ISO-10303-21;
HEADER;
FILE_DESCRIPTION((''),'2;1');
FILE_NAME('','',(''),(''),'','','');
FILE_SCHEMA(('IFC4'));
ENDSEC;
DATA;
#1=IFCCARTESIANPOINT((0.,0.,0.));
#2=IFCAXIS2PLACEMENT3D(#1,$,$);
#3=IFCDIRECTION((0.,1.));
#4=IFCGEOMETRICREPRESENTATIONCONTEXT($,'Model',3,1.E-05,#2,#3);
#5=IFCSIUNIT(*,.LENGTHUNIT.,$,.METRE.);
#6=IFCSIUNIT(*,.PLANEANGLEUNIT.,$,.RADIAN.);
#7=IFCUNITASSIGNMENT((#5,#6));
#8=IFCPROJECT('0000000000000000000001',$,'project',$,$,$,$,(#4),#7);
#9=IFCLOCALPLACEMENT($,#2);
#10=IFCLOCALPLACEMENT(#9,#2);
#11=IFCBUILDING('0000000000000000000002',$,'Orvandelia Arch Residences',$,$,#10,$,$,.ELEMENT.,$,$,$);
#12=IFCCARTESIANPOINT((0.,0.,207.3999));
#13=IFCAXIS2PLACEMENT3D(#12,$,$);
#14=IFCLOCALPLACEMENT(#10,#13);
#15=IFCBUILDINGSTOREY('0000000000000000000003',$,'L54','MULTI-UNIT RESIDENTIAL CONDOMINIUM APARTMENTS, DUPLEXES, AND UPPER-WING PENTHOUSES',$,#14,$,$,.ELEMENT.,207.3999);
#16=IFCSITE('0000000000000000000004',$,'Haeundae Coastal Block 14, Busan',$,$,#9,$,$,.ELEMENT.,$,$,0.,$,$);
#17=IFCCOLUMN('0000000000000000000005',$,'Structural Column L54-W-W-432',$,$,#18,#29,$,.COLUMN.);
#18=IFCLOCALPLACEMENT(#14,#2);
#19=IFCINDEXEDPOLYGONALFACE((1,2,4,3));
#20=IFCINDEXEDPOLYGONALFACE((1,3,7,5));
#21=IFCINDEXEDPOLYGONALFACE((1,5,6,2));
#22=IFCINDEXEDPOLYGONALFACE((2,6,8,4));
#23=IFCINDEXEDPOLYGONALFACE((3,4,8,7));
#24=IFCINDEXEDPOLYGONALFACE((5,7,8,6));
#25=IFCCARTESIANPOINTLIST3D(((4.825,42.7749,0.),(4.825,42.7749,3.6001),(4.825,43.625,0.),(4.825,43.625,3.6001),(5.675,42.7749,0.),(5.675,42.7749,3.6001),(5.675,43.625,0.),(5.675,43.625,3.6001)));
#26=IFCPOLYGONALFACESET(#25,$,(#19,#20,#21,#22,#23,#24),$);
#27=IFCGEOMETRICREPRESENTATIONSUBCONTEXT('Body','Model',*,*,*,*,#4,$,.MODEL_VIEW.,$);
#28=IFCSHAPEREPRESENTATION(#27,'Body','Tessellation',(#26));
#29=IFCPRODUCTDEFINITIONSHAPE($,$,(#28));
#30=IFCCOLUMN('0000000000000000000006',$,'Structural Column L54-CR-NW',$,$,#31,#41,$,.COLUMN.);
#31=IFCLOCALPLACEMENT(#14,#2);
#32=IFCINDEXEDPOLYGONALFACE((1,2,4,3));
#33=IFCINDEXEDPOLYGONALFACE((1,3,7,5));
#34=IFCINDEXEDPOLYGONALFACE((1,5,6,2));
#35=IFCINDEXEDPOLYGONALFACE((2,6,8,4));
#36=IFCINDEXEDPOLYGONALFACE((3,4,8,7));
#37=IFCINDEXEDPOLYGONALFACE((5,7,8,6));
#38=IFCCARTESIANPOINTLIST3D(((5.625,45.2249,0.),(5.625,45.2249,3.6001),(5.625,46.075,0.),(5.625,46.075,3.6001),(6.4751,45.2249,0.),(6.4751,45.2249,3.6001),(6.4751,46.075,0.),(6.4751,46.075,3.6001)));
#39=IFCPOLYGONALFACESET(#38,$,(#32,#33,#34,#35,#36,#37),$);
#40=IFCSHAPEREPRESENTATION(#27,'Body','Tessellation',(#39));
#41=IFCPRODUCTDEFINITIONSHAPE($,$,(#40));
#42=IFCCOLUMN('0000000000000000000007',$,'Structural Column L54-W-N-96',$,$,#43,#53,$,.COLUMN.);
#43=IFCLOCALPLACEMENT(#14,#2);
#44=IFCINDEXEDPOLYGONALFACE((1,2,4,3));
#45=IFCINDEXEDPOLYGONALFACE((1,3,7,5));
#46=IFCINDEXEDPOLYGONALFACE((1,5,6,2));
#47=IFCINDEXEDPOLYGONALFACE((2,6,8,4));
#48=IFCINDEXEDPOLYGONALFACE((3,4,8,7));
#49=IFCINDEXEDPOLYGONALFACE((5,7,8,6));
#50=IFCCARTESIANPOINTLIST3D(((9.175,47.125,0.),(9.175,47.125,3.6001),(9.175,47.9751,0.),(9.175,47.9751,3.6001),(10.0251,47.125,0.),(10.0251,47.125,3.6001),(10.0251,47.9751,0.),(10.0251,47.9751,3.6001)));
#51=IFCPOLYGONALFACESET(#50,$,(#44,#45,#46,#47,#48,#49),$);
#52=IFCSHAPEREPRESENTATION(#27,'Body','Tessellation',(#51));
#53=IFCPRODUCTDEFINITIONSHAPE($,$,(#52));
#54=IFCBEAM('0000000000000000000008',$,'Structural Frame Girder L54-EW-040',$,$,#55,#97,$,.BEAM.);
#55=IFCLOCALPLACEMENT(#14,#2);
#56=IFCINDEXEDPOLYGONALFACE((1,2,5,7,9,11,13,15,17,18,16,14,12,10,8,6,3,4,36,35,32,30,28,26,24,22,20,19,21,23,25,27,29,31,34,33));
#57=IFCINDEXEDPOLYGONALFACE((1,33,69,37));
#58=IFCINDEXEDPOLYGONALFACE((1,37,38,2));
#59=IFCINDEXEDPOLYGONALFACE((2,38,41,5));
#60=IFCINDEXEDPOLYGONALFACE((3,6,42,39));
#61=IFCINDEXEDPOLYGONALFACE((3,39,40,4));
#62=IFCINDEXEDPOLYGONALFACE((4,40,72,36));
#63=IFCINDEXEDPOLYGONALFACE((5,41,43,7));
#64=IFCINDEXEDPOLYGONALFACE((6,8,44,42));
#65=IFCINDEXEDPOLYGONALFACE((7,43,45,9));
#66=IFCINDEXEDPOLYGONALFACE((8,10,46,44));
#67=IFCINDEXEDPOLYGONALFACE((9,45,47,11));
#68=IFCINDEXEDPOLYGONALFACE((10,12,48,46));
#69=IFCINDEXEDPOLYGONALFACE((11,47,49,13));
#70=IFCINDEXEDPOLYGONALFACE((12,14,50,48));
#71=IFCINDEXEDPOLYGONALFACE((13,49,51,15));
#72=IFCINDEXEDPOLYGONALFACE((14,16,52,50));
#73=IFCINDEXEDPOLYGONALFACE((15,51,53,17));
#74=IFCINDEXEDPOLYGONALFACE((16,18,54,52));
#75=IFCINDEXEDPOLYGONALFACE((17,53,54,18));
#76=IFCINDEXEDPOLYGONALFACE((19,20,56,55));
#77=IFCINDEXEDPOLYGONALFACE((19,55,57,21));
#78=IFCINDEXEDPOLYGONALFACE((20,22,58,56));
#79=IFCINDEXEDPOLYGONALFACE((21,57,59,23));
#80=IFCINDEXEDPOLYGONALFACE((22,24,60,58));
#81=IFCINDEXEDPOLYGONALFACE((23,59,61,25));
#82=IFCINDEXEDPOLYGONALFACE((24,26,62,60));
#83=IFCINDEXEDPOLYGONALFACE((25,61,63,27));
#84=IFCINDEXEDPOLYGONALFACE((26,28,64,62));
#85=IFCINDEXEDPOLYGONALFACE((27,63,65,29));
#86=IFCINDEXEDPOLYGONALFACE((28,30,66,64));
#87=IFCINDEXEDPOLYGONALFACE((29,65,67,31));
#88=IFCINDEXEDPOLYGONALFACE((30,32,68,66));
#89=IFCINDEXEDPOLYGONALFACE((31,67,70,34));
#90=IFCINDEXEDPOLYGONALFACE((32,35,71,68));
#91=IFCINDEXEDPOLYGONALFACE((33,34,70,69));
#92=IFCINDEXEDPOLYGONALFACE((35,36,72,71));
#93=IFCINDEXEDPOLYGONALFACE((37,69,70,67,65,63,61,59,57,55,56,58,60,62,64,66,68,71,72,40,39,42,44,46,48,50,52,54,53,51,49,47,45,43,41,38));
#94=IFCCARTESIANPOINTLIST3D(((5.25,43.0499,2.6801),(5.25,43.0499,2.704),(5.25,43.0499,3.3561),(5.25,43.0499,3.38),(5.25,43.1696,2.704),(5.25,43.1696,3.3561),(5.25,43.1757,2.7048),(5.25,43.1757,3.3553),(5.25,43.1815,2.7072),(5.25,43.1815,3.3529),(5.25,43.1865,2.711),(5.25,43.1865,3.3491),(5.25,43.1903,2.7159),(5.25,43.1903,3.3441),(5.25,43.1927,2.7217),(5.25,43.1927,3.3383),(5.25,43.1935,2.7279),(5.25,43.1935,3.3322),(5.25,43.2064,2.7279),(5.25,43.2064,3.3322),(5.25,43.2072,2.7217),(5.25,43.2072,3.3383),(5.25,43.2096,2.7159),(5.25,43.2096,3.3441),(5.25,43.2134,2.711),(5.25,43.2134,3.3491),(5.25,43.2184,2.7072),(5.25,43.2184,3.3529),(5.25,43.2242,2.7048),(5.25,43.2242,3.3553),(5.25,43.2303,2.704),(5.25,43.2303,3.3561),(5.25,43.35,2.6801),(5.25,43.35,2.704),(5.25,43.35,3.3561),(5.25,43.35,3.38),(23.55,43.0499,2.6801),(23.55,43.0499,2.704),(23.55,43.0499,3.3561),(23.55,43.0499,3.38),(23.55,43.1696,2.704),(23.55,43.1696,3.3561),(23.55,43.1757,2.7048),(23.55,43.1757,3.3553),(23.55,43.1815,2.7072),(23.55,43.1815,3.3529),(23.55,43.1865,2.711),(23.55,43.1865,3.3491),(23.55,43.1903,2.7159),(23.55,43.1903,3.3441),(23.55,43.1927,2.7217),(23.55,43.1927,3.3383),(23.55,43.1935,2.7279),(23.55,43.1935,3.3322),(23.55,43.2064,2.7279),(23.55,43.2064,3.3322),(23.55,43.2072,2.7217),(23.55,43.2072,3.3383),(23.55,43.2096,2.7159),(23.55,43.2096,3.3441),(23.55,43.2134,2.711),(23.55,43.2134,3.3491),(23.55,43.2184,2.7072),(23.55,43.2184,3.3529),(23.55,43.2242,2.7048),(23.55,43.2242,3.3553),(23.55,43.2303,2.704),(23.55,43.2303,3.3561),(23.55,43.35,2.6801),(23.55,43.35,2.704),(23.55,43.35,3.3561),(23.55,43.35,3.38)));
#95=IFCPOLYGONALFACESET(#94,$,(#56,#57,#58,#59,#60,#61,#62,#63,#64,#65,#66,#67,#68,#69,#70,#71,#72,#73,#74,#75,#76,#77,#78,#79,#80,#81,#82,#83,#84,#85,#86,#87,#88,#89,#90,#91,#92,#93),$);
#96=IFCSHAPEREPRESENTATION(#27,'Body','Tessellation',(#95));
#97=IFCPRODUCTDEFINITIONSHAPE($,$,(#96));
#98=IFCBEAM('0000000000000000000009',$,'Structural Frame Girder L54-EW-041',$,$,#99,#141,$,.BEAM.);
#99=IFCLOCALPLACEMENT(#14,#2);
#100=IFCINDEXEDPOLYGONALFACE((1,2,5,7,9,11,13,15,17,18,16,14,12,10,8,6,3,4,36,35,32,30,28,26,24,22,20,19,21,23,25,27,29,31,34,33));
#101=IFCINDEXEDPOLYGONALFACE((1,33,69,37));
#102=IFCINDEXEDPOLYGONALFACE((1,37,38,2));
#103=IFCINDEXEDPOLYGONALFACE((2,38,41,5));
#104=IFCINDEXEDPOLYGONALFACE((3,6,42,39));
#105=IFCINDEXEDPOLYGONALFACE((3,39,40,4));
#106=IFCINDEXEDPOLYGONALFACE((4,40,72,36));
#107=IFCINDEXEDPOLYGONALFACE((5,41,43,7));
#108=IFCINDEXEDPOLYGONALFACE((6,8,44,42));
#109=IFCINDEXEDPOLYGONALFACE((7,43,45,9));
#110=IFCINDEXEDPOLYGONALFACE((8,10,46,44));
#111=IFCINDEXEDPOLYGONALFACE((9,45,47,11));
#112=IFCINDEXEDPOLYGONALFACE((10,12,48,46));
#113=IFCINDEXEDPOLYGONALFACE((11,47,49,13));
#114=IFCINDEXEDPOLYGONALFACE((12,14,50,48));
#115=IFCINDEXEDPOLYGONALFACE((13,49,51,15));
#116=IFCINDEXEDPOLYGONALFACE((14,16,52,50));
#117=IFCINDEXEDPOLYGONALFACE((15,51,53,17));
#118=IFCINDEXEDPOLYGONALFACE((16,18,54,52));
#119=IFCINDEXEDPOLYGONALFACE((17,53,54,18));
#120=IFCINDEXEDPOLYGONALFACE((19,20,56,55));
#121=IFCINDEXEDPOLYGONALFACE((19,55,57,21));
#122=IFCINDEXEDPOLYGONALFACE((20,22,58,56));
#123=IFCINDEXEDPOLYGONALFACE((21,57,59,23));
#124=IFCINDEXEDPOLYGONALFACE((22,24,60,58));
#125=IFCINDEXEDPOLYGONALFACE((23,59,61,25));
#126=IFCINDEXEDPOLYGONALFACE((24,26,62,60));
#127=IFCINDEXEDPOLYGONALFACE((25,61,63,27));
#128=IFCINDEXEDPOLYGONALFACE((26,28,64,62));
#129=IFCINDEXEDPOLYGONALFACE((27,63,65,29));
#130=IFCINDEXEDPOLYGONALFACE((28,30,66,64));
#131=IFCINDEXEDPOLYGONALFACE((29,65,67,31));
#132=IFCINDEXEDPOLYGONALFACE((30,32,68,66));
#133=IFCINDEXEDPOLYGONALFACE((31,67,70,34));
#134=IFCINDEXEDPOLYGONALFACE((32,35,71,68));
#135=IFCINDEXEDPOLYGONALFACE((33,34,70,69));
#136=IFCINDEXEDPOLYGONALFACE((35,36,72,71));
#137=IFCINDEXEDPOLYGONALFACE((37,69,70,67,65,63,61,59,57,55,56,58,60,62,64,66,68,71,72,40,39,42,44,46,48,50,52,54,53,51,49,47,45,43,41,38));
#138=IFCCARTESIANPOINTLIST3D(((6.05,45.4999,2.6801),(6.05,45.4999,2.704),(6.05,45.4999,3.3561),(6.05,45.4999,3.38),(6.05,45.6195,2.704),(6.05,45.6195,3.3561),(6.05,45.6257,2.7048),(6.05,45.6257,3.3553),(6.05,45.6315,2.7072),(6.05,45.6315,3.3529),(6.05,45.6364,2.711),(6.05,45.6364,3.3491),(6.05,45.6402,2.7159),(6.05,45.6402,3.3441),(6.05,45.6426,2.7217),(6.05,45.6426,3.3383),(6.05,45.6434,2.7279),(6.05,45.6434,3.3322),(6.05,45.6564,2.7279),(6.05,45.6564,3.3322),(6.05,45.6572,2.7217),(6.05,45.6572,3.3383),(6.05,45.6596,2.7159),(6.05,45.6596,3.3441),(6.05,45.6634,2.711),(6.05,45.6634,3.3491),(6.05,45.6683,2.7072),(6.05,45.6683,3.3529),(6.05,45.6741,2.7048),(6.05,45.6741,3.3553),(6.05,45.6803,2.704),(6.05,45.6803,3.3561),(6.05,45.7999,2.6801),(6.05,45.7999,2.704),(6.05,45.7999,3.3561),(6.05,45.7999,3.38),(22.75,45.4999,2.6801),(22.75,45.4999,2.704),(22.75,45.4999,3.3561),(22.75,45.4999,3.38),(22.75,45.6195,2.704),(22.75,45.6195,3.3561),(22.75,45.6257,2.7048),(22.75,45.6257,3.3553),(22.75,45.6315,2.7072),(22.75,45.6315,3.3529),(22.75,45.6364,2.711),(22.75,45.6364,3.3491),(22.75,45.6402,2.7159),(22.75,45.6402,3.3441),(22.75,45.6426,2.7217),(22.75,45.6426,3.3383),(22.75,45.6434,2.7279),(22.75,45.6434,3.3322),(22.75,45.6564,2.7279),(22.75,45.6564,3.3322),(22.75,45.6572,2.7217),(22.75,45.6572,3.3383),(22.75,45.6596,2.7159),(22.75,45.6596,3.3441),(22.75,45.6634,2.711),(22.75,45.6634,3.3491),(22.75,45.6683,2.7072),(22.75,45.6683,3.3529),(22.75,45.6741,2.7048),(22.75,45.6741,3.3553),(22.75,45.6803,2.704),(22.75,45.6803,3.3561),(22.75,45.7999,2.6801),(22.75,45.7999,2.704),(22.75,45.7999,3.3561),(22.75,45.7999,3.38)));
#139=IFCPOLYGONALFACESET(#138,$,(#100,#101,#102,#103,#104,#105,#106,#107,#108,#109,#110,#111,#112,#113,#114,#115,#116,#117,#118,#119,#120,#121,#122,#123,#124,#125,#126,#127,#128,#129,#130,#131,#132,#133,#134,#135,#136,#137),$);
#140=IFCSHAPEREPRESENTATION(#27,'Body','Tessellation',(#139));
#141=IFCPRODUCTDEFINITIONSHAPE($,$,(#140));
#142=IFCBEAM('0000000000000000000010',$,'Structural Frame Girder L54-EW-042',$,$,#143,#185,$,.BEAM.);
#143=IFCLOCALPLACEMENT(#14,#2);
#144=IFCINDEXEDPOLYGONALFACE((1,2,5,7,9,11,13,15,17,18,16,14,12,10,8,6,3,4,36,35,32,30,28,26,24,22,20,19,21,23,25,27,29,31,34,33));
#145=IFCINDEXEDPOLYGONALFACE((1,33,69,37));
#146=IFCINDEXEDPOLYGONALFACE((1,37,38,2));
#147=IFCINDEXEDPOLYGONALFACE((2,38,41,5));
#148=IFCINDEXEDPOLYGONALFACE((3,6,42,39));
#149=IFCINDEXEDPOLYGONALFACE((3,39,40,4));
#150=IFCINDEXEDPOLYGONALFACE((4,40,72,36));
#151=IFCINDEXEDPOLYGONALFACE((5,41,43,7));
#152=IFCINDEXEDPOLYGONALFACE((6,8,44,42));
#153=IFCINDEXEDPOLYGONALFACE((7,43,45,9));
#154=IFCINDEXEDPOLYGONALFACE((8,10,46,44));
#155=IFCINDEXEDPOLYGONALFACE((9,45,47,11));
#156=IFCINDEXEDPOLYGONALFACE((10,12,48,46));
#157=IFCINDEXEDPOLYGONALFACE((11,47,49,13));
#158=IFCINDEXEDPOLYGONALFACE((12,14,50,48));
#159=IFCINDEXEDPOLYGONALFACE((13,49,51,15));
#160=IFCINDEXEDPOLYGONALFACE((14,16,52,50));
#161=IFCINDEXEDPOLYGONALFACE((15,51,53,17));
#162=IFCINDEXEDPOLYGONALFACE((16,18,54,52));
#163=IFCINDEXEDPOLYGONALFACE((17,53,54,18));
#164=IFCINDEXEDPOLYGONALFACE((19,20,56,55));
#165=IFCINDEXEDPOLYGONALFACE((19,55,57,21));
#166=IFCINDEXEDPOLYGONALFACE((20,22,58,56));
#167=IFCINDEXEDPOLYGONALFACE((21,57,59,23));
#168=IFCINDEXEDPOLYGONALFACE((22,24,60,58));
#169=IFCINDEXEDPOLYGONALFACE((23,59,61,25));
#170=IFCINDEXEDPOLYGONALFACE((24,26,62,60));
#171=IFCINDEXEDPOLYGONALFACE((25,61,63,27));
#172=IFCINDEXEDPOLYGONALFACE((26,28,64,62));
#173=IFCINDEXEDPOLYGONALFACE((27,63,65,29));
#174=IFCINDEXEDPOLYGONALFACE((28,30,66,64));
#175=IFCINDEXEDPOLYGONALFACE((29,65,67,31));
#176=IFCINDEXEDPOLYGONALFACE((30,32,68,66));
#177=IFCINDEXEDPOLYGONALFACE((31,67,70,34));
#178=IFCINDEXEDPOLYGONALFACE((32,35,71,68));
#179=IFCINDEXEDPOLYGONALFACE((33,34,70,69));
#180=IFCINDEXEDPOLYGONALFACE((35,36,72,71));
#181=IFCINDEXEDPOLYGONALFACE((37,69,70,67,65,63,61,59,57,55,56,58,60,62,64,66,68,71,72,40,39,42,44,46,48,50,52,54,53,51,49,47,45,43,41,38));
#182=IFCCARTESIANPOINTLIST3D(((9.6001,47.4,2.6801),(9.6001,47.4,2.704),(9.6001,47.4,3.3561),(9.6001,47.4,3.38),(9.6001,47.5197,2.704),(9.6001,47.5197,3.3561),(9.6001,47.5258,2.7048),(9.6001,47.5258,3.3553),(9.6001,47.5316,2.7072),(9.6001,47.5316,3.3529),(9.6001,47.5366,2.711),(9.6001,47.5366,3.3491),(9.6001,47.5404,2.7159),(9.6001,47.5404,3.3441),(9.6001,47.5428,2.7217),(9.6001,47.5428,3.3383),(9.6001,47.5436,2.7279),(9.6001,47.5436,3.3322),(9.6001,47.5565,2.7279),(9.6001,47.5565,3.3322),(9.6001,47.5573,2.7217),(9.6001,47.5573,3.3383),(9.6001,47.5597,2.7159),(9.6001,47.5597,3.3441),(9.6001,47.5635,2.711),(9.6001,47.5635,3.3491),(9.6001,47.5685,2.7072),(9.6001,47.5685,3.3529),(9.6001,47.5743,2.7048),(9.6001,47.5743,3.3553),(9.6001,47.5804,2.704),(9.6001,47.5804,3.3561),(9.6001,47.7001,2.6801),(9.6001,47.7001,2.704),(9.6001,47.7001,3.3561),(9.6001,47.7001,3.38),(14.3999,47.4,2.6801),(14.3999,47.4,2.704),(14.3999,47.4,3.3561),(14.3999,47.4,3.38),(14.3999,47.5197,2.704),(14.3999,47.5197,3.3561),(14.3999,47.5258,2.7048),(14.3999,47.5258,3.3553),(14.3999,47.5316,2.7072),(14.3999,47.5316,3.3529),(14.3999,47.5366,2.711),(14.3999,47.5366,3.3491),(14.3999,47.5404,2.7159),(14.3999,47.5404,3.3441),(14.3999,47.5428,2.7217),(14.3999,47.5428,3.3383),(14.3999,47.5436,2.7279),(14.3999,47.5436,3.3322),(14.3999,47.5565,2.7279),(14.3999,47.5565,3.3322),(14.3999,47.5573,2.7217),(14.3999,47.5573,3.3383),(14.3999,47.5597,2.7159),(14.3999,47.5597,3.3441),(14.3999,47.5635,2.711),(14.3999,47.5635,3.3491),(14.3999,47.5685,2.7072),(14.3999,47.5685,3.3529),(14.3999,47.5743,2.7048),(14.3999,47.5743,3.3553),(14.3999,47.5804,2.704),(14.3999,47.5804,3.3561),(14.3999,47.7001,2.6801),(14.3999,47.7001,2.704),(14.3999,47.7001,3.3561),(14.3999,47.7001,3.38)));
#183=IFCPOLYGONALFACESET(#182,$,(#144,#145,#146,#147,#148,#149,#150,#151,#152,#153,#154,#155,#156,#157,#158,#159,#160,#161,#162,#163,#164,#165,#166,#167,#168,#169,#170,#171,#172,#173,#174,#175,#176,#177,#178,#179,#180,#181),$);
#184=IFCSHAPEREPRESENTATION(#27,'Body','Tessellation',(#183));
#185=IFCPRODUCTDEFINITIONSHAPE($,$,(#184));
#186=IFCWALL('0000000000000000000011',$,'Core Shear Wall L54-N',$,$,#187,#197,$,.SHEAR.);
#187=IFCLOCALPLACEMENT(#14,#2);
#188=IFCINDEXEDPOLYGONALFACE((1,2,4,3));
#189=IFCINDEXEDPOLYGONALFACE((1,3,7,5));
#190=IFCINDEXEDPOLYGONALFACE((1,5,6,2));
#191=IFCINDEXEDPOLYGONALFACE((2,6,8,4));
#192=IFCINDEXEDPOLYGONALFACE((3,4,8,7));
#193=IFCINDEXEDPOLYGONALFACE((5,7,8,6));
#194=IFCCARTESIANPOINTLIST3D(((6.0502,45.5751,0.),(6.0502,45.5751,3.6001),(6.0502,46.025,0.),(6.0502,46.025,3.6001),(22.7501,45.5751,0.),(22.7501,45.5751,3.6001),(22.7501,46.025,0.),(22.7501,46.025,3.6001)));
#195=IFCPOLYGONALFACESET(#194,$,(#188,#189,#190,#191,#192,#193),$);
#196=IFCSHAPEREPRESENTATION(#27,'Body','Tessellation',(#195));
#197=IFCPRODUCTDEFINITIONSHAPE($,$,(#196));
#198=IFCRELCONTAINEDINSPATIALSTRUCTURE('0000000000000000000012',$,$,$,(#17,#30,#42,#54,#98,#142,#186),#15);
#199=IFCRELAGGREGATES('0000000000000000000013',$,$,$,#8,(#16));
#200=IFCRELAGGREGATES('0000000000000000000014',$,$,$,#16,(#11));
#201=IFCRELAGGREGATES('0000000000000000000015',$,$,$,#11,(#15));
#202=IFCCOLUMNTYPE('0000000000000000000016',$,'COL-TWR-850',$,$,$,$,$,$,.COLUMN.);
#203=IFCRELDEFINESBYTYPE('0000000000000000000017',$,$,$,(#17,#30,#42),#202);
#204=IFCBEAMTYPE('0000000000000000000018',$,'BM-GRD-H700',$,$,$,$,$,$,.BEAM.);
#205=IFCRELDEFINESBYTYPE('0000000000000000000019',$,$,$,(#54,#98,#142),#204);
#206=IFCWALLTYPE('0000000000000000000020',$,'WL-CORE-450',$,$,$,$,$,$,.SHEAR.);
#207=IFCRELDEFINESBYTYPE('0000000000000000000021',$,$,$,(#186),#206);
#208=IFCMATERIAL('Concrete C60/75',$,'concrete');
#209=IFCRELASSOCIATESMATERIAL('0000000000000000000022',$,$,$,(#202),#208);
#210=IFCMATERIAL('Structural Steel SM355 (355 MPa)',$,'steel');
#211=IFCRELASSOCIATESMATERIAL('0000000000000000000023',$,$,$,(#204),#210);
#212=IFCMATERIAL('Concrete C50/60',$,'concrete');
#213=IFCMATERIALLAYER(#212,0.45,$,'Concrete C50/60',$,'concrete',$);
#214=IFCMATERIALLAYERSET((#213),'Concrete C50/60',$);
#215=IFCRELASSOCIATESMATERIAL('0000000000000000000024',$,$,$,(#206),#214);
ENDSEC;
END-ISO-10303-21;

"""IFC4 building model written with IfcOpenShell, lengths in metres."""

from ifc_helpers import new_model, si_unit, direction, frame, frame_2d, origin, origin_2d, place, context, subcontext, project, spatial, rectangle, i_section, extrude, material, layer, layer_set, material_profile, profile_set, type_object, element, save


model = new_model("IFC4")

# Units and contexts
model_context = context("Model", 3, precision=1e-05, world=origin(), true_north=direction((0.0, 1.0)))
body_context = subcontext(model_context, "Body", "Model", "MODEL_VIEW")
ifc_project = project(units=[si_unit("LENGTHUNIT", "METRE"), si_unit("PLANEANGLEUNIT", "RADIAN")], contexts=[model_context])

# Site, building, storey
site_placement = place(None, origin())
site = spatial("IfcSite", under=ifc_project, at=site_placement, Name="Haeundae Coastal Block 14, Busan", CompositionType="ELEMENT", RefElevation=0.0)
building_placement = place(site_placement, origin())
building = spatial("IfcBuilding", under=site, at=building_placement, Name="Orvandelia Arch Residences", CompositionType="ELEMENT")
storey_placement = place(building_placement, frame((0.0, 0.0, 207.3999)))
storey = spatial("IfcBuildingStorey", under=building, at=storey_placement, Name="L54", Description="MULTI-UNIT RESIDENTIAL CONDOMINIUM APARTMENTS, DUPLEXES, AND UPPER-WING PENTHOUSES", CompositionType="ELEMENT", Elevation=207.3999)

# Columns
ifc_material_1 = material(Name="Concrete C60/75", Category="concrete")
ifc_material_profile_1 = material_profile(ifc_material_1, rectangle(XDim=0.8501, YDim=0.8501, at=origin_2d()), Name="Concrete C60/75", Category="concrete")
ifc_profile_set_1 = profile_set([ifc_material_profile_1], Name="Concrete C60/75")
column_type = type_object("IfcColumnType", Name="COL-TWR-850", PredefinedType="COLUMN", material=ifc_profile_set_1)
for number, where, z_axis, x_axis, name in (
    (1, (5.25, 43.2, 0.0), (0.0, 0.0, 1.0), (1.0, 0.0, 0.0), "Structural Column L54-W-W-432"),
    (2, (6.05, 45.6499, 0.0), (0.0, 0.0, 1.0), (1.0, 0.0, 0.0), "Structural Column L54-CR-NW"),
    (3, (9.6001, 47.55, 0.0), (0.0, 0.0, 1.0), (1.0, 0.0, 0.0), "Structural Column L54-W-N-96"),
):
    element("IfcColumn", number, at=place(storey_placement, frame(where, z_axis=z_axis, x_axis=x_axis)), inside=storey, type_object=column_type, Name=name, PredefinedType="COLUMN", context=body_context, shape_type="SweptSolid", body=[
        extrude(rectangle(XDim=0.8501, YDim=0.8501, at=origin_2d()), origin(), (0.0, 0.0, 1.0), 3.6001),
    ])

# Beams
ifc_material_2 = material(Name="Structural Steel SM355 (355 MPa)", Category="steel")
ifc_material_profile_2 = material_profile(ifc_material_2, i_section(OverallWidth=0.3, OverallDepth=0.7, WebThickness=0.0129, FlangeThickness=0.0239, FilletRadius=0.0239, at=origin_2d()), Name="Structural Steel SM355 (355 MPa)", Category="steel")
ifc_profile_set_2 = profile_set([ifc_material_profile_2], Name="Structural Steel SM355 (355 MPa)")
beam_type = type_object("IfcBeamType", Name="BM-GRD-H700", PredefinedType="BEAM", material=ifc_profile_set_2)
beam_1_placement = place(storey_placement, frame((5.25, 43.2, 3.03), z_axis=(1.0, 0.0, 0.0), x_axis=(0.0, 1.0, 0.0)))
element("IfcBeam", 4, at=beam_1_placement, inside=storey, type_object=beam_type, Name="Structural Frame Girder L54-EW-040", PredefinedType="BEAM", context=body_context, shape_type="SweptSolid", body=[
    extrude(i_section(OverallWidth=0.3, OverallDepth=0.7, WebThickness=0.0129, FlangeThickness=0.0239, FilletRadius=0.0239, at=origin_2d()), origin(), (0.0, 0.0, 1.0), 18.3),
])
beam_2_placement = place(storey_placement, frame((6.05, 45.6499, 3.03), z_axis=(1.0, 0.0, 0.0), x_axis=(0.0, 1.0, 0.0)))
element("IfcBeam", 5, at=beam_2_placement, inside=storey, type_object=beam_type, Name="Structural Frame Girder L54-EW-041", PredefinedType="BEAM", context=body_context, shape_type="SweptSolid", body=[
    extrude(i_section(OverallWidth=0.3, OverallDepth=0.7, WebThickness=0.0129, FlangeThickness=0.0239, FilletRadius=0.0239, at=origin_2d()), origin(), (0.0, 0.0, 1.0), 16.7),
])
beam_3_placement = place(storey_placement, frame((9.6001, 47.55, 3.03), z_axis=(1.0, 0.0, 0.0), x_axis=(0.0, 1.0, 0.0)))
element("IfcBeam", 6, at=beam_3_placement, inside=storey, type_object=beam_type, Name="Structural Frame Girder L54-EW-042", PredefinedType="BEAM", context=body_context, shape_type="SweptSolid", body=[
    extrude(i_section(OverallWidth=0.3, OverallDepth=0.7, WebThickness=0.0129, FlangeThickness=0.0239, FilletRadius=0.0239, at=origin_2d()), origin(), (0.0, 0.0, 1.0), 4.7998),
])

# Wall
ifc_material_3 = material(Name="Concrete C50/60", Category="concrete")
ifc_layer_1 = layer(ifc_material_3, 0.45, Name="Concrete C50/60", Category="concrete")
ifc_layer_set_1 = layer_set([ifc_layer_1], Name="Concrete C50/60")
wall_type_1 = type_object("IfcWallType", Name="WL-CORE-450", PredefinedType="SHEAR", material=ifc_layer_set_1)
wall_1_placement = place(storey_placement, frame((6.05, 45.8, 0.0), z_axis=(0.0, 0.0, 1.0), x_axis=(1.0, 0.0, 0.0)))
element("IfcWall", 7, at=wall_1_placement, inside=storey, type_object=wall_type_1, Name="Core Shear Wall L54-N", PredefinedType="SHEAR", context=body_context, shape_type="SweptSolid", body=[
    extrude(rectangle(XDim=16.7, YDim=0.45, at=frame_2d((8.3501, 0.0))), origin(), (0.0, 0.0, 1.0), 3.6001),
])

save(model, "model.ifc")
